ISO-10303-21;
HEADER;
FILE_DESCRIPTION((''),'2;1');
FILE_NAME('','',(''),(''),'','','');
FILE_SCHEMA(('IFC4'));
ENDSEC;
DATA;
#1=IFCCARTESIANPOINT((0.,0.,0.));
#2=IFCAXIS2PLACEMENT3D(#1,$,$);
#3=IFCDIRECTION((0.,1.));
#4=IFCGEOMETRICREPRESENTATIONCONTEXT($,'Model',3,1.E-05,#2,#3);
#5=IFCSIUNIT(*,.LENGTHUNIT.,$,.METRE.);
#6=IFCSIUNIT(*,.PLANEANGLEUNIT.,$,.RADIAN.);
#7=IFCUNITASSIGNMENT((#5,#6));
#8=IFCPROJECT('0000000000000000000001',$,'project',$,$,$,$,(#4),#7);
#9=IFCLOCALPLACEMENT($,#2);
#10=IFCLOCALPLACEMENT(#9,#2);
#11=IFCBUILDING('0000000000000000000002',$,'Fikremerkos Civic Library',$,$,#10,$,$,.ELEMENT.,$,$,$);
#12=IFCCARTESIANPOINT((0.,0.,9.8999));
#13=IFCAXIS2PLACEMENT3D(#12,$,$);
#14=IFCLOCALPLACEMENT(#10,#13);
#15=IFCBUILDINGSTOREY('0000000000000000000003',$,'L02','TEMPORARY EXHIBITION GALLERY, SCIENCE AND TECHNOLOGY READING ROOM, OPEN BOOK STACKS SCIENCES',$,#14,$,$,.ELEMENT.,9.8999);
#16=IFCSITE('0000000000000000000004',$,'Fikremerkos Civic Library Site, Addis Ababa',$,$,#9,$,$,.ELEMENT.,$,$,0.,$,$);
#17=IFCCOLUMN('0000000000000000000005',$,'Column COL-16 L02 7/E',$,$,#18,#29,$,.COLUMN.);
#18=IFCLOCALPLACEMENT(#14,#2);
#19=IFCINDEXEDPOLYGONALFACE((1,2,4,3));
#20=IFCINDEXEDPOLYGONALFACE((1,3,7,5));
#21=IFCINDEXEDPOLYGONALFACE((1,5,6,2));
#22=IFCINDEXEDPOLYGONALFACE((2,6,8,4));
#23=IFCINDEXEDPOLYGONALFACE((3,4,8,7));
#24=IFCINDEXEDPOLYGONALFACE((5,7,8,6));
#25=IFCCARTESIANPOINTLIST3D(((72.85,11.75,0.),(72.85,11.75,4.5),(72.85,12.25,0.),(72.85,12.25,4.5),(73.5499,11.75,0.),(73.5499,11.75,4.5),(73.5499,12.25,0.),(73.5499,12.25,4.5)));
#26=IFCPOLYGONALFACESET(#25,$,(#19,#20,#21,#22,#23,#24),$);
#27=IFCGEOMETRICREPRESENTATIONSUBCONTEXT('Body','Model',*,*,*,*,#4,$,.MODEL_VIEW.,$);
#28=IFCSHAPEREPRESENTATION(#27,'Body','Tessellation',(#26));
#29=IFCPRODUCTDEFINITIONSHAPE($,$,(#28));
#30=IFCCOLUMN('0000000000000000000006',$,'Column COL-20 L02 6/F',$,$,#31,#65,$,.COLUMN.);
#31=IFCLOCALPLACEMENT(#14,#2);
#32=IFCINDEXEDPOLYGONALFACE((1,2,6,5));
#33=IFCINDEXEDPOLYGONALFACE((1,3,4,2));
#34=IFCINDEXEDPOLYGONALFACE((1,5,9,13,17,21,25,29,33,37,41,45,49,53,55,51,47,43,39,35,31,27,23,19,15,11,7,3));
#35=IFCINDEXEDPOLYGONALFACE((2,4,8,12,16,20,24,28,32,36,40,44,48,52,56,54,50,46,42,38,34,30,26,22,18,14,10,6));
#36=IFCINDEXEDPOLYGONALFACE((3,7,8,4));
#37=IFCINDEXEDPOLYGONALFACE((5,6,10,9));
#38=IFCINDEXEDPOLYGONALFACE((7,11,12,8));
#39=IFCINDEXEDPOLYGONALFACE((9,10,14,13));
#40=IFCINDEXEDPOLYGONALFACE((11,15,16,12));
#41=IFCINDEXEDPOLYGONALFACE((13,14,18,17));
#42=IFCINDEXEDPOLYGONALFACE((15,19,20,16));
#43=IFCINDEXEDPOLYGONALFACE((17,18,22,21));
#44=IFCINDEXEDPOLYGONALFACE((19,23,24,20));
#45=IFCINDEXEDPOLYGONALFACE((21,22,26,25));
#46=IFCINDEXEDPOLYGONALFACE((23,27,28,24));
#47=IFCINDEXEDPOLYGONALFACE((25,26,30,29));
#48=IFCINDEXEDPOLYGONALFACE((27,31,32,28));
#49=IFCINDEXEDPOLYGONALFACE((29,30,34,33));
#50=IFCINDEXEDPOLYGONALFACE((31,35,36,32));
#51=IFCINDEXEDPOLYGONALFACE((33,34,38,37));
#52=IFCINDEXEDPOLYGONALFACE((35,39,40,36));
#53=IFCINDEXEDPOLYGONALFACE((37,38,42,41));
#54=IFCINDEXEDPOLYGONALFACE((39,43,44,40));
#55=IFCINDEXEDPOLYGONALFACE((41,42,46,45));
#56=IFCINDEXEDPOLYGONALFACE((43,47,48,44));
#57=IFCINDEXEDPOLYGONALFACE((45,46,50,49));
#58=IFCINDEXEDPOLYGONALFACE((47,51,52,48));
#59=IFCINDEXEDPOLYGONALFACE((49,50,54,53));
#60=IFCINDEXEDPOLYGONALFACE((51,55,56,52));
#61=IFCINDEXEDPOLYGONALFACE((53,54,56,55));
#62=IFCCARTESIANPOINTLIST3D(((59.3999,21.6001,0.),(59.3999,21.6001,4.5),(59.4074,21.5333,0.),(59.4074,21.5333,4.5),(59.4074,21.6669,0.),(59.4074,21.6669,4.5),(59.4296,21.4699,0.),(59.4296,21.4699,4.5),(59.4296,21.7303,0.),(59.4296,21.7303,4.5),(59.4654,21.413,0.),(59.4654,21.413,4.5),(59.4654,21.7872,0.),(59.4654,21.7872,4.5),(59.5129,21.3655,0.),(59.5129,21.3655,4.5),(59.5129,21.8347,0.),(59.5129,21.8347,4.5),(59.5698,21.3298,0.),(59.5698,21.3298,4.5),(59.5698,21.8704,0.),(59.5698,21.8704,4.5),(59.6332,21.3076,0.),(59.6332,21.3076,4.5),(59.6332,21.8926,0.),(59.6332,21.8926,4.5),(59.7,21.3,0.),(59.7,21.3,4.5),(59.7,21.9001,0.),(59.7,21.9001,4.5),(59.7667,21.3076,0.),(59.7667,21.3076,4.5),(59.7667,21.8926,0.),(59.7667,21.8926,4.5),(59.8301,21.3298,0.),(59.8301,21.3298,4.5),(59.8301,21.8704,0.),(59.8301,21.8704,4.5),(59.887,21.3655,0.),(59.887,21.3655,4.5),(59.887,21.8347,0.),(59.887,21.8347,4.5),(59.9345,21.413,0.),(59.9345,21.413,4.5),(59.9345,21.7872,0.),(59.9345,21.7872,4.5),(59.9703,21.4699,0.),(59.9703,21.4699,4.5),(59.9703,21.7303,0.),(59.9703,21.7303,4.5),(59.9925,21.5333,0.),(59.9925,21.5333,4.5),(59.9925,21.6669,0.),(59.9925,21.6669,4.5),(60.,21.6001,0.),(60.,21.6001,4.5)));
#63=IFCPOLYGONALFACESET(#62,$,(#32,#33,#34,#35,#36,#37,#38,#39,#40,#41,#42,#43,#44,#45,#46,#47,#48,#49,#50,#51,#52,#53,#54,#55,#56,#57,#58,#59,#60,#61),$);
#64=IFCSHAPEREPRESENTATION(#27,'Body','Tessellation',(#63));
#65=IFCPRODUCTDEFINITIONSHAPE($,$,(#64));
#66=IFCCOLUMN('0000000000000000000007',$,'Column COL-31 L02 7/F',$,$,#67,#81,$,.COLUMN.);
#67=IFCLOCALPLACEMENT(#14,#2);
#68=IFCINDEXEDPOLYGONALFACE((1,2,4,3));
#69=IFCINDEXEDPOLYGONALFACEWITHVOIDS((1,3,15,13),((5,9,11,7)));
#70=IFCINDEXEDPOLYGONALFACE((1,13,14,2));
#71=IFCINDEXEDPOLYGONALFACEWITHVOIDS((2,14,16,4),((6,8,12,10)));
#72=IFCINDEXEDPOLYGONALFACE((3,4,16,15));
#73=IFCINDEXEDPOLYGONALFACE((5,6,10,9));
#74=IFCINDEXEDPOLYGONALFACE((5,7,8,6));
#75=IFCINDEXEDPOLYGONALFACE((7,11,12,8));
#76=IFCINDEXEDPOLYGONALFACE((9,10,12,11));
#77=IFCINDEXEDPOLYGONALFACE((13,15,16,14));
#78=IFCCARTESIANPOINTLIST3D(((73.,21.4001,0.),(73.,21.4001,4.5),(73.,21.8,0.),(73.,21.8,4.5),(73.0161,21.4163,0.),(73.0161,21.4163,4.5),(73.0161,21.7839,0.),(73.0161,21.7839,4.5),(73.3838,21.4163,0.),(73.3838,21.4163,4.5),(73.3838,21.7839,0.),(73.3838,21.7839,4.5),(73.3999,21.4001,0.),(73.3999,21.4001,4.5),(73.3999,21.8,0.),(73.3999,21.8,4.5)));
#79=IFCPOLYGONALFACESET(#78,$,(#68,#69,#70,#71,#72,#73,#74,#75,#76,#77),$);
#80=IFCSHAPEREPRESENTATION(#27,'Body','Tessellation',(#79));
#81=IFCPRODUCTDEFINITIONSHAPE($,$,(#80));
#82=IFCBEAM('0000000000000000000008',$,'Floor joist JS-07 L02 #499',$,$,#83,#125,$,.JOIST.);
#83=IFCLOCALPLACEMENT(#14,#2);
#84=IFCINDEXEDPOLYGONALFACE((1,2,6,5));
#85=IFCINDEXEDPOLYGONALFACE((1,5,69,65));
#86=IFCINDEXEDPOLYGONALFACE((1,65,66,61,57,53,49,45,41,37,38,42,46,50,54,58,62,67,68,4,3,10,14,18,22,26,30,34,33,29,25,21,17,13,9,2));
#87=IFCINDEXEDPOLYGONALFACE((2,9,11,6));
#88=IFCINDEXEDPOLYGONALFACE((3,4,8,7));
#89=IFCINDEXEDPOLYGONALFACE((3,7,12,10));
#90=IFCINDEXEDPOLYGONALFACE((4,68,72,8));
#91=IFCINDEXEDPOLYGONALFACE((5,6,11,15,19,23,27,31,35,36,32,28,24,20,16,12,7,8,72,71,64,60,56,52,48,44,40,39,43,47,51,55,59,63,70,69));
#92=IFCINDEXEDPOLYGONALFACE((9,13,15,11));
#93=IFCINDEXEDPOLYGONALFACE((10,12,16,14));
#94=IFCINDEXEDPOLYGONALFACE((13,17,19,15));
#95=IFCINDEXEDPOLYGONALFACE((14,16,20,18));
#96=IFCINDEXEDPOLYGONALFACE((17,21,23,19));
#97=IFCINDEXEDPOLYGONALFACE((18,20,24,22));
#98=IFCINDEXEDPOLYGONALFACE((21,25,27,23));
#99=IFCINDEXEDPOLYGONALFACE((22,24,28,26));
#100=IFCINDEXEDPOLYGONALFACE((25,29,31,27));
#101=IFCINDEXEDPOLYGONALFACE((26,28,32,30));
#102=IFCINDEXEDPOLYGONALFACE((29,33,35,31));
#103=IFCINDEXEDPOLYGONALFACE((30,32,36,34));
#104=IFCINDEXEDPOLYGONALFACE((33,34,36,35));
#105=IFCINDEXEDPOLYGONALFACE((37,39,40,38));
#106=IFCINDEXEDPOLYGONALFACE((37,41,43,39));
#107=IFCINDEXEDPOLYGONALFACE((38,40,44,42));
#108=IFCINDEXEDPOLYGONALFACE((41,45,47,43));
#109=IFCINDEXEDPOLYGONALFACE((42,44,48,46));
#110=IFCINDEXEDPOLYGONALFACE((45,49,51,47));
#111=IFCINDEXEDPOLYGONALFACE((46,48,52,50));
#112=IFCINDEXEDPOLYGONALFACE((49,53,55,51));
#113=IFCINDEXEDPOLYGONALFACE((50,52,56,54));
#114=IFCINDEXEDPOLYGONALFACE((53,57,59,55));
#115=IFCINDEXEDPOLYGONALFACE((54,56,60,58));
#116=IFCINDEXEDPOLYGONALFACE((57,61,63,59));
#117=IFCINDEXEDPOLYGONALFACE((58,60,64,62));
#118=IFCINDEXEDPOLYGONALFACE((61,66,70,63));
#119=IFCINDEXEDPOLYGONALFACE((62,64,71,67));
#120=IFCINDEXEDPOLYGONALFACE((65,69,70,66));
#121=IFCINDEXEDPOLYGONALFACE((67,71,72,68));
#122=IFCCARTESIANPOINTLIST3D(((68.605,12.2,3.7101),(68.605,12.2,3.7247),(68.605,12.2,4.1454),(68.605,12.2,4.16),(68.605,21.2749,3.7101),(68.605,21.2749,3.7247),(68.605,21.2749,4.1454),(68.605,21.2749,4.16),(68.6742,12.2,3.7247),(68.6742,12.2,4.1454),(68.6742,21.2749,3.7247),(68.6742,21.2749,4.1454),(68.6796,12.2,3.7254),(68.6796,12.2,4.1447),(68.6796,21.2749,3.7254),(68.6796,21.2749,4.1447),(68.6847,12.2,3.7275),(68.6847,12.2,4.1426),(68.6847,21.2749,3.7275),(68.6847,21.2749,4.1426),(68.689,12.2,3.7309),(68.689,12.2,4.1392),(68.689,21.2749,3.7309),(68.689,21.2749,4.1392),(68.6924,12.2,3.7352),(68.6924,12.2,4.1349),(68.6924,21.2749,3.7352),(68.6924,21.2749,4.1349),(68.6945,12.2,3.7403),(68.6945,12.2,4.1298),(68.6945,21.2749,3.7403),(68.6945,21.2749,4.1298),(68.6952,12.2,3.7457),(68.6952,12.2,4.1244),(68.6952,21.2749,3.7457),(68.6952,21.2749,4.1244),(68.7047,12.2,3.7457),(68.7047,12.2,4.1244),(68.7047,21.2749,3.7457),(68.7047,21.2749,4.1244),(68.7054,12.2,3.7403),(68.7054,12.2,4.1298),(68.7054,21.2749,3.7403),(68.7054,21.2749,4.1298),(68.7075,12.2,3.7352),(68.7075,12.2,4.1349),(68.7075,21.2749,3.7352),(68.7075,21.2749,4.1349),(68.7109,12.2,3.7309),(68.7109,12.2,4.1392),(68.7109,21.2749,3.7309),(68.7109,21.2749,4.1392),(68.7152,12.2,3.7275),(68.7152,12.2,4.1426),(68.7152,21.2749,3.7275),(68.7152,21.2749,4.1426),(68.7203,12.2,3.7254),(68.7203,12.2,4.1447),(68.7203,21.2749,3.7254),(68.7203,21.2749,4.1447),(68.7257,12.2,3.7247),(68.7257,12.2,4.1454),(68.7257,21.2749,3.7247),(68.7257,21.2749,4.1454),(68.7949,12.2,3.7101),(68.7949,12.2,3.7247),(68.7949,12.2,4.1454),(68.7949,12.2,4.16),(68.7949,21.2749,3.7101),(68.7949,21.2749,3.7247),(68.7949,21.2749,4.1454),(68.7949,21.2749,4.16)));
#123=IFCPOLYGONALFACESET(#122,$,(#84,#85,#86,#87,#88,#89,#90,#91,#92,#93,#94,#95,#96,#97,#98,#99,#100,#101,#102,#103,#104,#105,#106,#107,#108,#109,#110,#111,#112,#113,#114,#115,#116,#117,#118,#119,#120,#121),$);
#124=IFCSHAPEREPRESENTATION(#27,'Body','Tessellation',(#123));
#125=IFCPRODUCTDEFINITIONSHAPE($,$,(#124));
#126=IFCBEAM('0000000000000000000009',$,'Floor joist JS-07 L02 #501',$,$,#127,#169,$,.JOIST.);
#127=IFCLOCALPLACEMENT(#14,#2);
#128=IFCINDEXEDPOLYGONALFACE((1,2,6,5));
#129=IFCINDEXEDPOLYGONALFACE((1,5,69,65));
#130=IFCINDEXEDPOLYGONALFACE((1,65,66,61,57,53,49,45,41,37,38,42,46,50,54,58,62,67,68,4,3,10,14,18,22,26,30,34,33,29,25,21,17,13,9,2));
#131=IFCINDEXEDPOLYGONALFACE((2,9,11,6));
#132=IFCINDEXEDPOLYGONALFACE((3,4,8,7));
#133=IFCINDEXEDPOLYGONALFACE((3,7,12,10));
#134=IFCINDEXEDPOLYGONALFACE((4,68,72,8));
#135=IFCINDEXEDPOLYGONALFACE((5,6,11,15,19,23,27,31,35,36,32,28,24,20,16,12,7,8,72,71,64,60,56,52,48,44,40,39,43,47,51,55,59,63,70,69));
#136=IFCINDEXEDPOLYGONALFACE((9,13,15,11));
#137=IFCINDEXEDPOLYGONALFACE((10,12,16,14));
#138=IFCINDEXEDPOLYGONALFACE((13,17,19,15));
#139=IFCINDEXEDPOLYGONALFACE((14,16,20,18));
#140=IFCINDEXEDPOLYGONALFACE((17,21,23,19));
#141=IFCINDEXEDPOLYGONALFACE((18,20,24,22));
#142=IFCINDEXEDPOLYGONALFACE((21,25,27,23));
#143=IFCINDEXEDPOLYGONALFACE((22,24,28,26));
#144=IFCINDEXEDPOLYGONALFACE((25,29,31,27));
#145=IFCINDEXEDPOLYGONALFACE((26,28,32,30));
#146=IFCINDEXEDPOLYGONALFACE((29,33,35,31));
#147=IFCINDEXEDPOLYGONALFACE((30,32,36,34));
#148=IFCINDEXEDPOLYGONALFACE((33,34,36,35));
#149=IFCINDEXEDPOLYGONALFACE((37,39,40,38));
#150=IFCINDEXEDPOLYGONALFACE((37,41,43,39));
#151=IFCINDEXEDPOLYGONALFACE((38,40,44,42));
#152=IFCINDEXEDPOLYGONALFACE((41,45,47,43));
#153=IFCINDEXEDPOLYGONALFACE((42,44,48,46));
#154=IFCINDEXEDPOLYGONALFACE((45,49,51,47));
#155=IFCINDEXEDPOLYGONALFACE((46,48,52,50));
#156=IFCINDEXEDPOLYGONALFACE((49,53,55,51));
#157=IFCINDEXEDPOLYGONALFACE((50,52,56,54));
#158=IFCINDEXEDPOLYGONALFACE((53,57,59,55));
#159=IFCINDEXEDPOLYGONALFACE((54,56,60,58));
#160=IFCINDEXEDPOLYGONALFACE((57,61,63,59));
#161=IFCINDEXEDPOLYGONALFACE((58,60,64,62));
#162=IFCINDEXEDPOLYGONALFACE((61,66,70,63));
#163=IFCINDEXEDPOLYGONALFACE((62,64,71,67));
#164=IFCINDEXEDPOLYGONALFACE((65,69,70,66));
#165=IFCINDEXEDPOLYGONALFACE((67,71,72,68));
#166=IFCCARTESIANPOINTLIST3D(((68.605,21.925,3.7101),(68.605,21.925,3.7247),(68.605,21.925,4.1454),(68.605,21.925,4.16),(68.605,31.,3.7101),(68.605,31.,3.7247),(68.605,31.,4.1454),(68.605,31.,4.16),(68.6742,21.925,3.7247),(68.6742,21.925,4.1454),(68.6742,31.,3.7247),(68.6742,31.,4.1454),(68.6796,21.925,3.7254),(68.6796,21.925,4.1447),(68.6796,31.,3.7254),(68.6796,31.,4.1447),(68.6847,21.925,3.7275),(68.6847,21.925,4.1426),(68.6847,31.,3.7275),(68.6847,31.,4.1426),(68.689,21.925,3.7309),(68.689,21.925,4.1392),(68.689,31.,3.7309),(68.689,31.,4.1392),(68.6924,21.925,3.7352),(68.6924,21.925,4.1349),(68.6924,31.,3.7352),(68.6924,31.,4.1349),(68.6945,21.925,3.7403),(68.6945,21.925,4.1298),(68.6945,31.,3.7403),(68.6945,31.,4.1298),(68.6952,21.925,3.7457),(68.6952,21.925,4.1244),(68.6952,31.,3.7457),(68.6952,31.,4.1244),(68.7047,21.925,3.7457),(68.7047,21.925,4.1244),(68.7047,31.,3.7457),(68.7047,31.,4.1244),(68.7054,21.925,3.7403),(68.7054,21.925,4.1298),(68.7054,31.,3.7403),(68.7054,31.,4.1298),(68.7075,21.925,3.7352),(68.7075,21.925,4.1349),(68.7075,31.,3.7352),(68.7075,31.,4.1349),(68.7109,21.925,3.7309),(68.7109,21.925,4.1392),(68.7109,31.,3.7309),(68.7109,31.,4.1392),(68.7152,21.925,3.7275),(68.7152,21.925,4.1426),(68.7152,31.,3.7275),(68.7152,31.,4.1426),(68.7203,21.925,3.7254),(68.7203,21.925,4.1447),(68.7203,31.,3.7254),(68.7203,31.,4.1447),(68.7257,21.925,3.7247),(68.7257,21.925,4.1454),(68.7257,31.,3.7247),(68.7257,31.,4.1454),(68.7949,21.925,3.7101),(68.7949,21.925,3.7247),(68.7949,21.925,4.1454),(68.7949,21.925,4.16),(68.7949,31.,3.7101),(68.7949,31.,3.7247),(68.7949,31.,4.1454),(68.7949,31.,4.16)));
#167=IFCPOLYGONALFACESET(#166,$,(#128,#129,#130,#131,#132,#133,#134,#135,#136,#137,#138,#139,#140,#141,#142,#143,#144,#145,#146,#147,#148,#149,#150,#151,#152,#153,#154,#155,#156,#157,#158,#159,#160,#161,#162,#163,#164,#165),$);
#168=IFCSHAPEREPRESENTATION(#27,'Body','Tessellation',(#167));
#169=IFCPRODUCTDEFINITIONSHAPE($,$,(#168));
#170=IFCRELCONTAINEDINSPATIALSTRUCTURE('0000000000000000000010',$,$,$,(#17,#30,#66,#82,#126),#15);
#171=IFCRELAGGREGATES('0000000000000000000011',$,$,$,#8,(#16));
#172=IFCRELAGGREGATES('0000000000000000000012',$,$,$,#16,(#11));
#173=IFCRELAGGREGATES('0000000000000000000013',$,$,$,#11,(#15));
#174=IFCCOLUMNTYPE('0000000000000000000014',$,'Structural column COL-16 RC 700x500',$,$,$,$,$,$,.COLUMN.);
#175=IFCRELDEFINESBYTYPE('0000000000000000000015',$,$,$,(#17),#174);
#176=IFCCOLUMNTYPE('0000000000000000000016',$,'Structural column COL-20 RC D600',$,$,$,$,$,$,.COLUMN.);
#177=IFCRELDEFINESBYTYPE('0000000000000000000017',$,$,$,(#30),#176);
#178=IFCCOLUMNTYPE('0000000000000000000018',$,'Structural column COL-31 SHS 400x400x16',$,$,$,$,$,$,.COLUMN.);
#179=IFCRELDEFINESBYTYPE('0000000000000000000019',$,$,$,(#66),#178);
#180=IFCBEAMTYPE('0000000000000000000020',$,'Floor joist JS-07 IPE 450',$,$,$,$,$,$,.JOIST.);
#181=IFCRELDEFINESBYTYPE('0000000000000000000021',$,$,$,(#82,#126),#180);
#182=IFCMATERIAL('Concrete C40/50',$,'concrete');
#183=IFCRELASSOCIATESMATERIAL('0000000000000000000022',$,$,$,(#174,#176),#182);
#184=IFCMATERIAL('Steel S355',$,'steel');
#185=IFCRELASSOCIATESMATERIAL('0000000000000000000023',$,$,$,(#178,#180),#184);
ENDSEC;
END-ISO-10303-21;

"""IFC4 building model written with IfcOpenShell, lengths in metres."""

from ifc_helpers import new_model, si_unit, direction, frame, origin, origin_2d, place, context, subcontext, project, spatial, rectangle, hollow_rectangle, circle, i_section, extrude, material, material_profile, profile_set, type_object, element, save


model = new_model("IFC4")

# Units and contexts
model_context = context("Model", 3, precision=1e-05, world=origin(), true_north=direction((0.0, 1.0)))
body_context = subcontext(model_context, "Body", "Model", "MODEL_VIEW")
ifc_project = project(units=[si_unit("LENGTHUNIT", "METRE"), si_unit("PLANEANGLEUNIT", "RADIAN")], contexts=[model_context])

# Site, building, storey
site_placement = place(None, origin())
site = spatial("IfcSite", under=ifc_project, at=site_placement, Name="Fikremerkos Civic Library Site, Addis Ababa", CompositionType="ELEMENT", RefElevation=0.0)
building_placement = place(site_placement, origin())
building = spatial("IfcBuilding", under=site, at=building_placement, Name="Fikremerkos Civic Library", CompositionType="ELEMENT")
storey_placement = place(building_placement, frame((0.0, 0.0, 9.8999)))
storey = spatial("IfcBuildingStorey", under=building, at=storey_placement, Name="L02", Description="TEMPORARY EXHIBITION GALLERY, SCIENCE AND TECHNOLOGY READING ROOM, OPEN BOOK STACKS SCIENCES", CompositionType="ELEMENT", Elevation=9.8999)

# Columns
ifc_material_1 = material(Name="Concrete C40/50", Category="concrete")
ifc_material_profile_1 = material_profile(ifc_material_1, rectangle(XDim=0.7, YDim=0.5, at=origin_2d()), Name="RC 700x500")
ifc_profile_set_1 = profile_set([ifc_material_profile_1], Name="Concrete C40/50")
column_type_1 = type_object("IfcColumnType", Name="Structural column COL-16 RC 700x500", PredefinedType="COLUMN", material=ifc_profile_set_1)
column_1_placement = place(storey_placement, frame((73.2, 12.0, 0.0), z_axis=(0.0, 0.0, 1.0), x_axis=(1.0, 0.0, 0.0)))
element("IfcColumn", 1, at=column_1_placement, inside=storey, type_object=column_type_1, Name="Column COL-16 L02 7/E", PredefinedType="COLUMN", context=body_context, shape_type="SweptSolid", body=[
    extrude(rectangle(XDim=0.7, YDim=0.5, at=origin_2d()), origin(), (0.0, 0.0, 1.0), 4.5),
])
ifc_material_profile_2 = material_profile(ifc_material_1, circle(Radius=0.3, at=origin_2d()), Name="RC D600")
ifc_profile_set_2 = profile_set([ifc_material_profile_2], Name="Concrete C40/50")
column_type_2 = type_object("IfcColumnType", Name="Structural column COL-20 RC D600", PredefinedType="COLUMN", material=ifc_profile_set_2)
column_2_placement = place(storey_placement, frame((59.7, 21.6001, 0.0), z_axis=(0.0, 0.0, 1.0), x_axis=(1.0, 0.0, 0.0)))
element("IfcColumn", 2, at=column_2_placement, inside=storey, type_object=column_type_2, Name="Column COL-20 L02 6/F", PredefinedType="COLUMN", context=body_context, shape_type="SweptSolid", body=[
    extrude(circle(Radius=0.3, at=origin_2d()), origin(), (0.0, 0.0, 1.0), 4.5),
])
ifc_material_2 = material(Name="Steel S355", Category="steel")
ifc_material_profile_3 = material_profile(ifc_material_2, hollow_rectangle(XDim=0.3999, YDim=0.3999, WallThickness=0.0161, at=origin_2d()), Name="SHS 400x400x16")
ifc_profile_set_3 = profile_set([ifc_material_profile_3], Name="Steel S355")
column_type_3 = type_object("IfcColumnType", Name="Structural column COL-31 SHS 400x400x16", PredefinedType="COLUMN", material=ifc_profile_set_3)
column_3_placement = place(storey_placement, frame((73.2, 21.6001, 0.0), z_axis=(0.0, 0.0, 1.0), x_axis=(1.0, 0.0, 0.0)))
element("IfcColumn", 3, at=column_3_placement, inside=storey, type_object=column_type_3, Name="Column COL-31 L02 7/F", PredefinedType="COLUMN", context=body_context, shape_type="SweptSolid", body=[
    extrude(hollow_rectangle(XDim=0.3999, YDim=0.3999, WallThickness=0.0161, at=origin_2d()), origin(), (0.0, 0.0, 1.0), 4.5),
])

# Beams
ifc_material_profile_4 = material_profile(ifc_material_2, i_section(OverallWidth=0.1899, OverallDepth=0.45, WebThickness=0.0095, FlangeThickness=0.0146, FilletRadius=0.021, at=origin_2d()), Name="IPE 450")
ifc_profile_set_4 = profile_set([ifc_material_profile_4], Name="Steel S355")
beam_type_1 = type_object("IfcBeamType", Name="Floor joist JS-07 IPE 450", PredefinedType="JOIST", material=ifc_profile_set_4)
for number, where, z_axis, x_axis, name in (
    (4, (68.7, 12.2, 3.9351), (0.0, 1.0, 0.0), (-1.0, 0.0, 0.0), "Floor joist JS-07 L02 #499"),
    (5, (68.7, 21.925, 3.9351), (0.0, 1.0, 0.0), (-1.0, 0.0, 0.0), "Floor joist JS-07 L02 #501"),
):
    element("IfcBeam", number, at=place(storey_placement, frame(where, z_axis=z_axis, x_axis=x_axis)), inside=storey, type_object=beam_type_1, Name=name, PredefinedType="JOIST", context=body_context, shape_type="SweptSolid", body=[
        extrude(i_section(OverallWidth=0.1899, OverallDepth=0.45, WebThickness=0.0095, FlangeThickness=0.0146, FilletRadius=0.021, at=origin_2d()), origin(), (0.0, 0.0, 1.0), 9.075),
    ])

save(model, "model.ifc")
